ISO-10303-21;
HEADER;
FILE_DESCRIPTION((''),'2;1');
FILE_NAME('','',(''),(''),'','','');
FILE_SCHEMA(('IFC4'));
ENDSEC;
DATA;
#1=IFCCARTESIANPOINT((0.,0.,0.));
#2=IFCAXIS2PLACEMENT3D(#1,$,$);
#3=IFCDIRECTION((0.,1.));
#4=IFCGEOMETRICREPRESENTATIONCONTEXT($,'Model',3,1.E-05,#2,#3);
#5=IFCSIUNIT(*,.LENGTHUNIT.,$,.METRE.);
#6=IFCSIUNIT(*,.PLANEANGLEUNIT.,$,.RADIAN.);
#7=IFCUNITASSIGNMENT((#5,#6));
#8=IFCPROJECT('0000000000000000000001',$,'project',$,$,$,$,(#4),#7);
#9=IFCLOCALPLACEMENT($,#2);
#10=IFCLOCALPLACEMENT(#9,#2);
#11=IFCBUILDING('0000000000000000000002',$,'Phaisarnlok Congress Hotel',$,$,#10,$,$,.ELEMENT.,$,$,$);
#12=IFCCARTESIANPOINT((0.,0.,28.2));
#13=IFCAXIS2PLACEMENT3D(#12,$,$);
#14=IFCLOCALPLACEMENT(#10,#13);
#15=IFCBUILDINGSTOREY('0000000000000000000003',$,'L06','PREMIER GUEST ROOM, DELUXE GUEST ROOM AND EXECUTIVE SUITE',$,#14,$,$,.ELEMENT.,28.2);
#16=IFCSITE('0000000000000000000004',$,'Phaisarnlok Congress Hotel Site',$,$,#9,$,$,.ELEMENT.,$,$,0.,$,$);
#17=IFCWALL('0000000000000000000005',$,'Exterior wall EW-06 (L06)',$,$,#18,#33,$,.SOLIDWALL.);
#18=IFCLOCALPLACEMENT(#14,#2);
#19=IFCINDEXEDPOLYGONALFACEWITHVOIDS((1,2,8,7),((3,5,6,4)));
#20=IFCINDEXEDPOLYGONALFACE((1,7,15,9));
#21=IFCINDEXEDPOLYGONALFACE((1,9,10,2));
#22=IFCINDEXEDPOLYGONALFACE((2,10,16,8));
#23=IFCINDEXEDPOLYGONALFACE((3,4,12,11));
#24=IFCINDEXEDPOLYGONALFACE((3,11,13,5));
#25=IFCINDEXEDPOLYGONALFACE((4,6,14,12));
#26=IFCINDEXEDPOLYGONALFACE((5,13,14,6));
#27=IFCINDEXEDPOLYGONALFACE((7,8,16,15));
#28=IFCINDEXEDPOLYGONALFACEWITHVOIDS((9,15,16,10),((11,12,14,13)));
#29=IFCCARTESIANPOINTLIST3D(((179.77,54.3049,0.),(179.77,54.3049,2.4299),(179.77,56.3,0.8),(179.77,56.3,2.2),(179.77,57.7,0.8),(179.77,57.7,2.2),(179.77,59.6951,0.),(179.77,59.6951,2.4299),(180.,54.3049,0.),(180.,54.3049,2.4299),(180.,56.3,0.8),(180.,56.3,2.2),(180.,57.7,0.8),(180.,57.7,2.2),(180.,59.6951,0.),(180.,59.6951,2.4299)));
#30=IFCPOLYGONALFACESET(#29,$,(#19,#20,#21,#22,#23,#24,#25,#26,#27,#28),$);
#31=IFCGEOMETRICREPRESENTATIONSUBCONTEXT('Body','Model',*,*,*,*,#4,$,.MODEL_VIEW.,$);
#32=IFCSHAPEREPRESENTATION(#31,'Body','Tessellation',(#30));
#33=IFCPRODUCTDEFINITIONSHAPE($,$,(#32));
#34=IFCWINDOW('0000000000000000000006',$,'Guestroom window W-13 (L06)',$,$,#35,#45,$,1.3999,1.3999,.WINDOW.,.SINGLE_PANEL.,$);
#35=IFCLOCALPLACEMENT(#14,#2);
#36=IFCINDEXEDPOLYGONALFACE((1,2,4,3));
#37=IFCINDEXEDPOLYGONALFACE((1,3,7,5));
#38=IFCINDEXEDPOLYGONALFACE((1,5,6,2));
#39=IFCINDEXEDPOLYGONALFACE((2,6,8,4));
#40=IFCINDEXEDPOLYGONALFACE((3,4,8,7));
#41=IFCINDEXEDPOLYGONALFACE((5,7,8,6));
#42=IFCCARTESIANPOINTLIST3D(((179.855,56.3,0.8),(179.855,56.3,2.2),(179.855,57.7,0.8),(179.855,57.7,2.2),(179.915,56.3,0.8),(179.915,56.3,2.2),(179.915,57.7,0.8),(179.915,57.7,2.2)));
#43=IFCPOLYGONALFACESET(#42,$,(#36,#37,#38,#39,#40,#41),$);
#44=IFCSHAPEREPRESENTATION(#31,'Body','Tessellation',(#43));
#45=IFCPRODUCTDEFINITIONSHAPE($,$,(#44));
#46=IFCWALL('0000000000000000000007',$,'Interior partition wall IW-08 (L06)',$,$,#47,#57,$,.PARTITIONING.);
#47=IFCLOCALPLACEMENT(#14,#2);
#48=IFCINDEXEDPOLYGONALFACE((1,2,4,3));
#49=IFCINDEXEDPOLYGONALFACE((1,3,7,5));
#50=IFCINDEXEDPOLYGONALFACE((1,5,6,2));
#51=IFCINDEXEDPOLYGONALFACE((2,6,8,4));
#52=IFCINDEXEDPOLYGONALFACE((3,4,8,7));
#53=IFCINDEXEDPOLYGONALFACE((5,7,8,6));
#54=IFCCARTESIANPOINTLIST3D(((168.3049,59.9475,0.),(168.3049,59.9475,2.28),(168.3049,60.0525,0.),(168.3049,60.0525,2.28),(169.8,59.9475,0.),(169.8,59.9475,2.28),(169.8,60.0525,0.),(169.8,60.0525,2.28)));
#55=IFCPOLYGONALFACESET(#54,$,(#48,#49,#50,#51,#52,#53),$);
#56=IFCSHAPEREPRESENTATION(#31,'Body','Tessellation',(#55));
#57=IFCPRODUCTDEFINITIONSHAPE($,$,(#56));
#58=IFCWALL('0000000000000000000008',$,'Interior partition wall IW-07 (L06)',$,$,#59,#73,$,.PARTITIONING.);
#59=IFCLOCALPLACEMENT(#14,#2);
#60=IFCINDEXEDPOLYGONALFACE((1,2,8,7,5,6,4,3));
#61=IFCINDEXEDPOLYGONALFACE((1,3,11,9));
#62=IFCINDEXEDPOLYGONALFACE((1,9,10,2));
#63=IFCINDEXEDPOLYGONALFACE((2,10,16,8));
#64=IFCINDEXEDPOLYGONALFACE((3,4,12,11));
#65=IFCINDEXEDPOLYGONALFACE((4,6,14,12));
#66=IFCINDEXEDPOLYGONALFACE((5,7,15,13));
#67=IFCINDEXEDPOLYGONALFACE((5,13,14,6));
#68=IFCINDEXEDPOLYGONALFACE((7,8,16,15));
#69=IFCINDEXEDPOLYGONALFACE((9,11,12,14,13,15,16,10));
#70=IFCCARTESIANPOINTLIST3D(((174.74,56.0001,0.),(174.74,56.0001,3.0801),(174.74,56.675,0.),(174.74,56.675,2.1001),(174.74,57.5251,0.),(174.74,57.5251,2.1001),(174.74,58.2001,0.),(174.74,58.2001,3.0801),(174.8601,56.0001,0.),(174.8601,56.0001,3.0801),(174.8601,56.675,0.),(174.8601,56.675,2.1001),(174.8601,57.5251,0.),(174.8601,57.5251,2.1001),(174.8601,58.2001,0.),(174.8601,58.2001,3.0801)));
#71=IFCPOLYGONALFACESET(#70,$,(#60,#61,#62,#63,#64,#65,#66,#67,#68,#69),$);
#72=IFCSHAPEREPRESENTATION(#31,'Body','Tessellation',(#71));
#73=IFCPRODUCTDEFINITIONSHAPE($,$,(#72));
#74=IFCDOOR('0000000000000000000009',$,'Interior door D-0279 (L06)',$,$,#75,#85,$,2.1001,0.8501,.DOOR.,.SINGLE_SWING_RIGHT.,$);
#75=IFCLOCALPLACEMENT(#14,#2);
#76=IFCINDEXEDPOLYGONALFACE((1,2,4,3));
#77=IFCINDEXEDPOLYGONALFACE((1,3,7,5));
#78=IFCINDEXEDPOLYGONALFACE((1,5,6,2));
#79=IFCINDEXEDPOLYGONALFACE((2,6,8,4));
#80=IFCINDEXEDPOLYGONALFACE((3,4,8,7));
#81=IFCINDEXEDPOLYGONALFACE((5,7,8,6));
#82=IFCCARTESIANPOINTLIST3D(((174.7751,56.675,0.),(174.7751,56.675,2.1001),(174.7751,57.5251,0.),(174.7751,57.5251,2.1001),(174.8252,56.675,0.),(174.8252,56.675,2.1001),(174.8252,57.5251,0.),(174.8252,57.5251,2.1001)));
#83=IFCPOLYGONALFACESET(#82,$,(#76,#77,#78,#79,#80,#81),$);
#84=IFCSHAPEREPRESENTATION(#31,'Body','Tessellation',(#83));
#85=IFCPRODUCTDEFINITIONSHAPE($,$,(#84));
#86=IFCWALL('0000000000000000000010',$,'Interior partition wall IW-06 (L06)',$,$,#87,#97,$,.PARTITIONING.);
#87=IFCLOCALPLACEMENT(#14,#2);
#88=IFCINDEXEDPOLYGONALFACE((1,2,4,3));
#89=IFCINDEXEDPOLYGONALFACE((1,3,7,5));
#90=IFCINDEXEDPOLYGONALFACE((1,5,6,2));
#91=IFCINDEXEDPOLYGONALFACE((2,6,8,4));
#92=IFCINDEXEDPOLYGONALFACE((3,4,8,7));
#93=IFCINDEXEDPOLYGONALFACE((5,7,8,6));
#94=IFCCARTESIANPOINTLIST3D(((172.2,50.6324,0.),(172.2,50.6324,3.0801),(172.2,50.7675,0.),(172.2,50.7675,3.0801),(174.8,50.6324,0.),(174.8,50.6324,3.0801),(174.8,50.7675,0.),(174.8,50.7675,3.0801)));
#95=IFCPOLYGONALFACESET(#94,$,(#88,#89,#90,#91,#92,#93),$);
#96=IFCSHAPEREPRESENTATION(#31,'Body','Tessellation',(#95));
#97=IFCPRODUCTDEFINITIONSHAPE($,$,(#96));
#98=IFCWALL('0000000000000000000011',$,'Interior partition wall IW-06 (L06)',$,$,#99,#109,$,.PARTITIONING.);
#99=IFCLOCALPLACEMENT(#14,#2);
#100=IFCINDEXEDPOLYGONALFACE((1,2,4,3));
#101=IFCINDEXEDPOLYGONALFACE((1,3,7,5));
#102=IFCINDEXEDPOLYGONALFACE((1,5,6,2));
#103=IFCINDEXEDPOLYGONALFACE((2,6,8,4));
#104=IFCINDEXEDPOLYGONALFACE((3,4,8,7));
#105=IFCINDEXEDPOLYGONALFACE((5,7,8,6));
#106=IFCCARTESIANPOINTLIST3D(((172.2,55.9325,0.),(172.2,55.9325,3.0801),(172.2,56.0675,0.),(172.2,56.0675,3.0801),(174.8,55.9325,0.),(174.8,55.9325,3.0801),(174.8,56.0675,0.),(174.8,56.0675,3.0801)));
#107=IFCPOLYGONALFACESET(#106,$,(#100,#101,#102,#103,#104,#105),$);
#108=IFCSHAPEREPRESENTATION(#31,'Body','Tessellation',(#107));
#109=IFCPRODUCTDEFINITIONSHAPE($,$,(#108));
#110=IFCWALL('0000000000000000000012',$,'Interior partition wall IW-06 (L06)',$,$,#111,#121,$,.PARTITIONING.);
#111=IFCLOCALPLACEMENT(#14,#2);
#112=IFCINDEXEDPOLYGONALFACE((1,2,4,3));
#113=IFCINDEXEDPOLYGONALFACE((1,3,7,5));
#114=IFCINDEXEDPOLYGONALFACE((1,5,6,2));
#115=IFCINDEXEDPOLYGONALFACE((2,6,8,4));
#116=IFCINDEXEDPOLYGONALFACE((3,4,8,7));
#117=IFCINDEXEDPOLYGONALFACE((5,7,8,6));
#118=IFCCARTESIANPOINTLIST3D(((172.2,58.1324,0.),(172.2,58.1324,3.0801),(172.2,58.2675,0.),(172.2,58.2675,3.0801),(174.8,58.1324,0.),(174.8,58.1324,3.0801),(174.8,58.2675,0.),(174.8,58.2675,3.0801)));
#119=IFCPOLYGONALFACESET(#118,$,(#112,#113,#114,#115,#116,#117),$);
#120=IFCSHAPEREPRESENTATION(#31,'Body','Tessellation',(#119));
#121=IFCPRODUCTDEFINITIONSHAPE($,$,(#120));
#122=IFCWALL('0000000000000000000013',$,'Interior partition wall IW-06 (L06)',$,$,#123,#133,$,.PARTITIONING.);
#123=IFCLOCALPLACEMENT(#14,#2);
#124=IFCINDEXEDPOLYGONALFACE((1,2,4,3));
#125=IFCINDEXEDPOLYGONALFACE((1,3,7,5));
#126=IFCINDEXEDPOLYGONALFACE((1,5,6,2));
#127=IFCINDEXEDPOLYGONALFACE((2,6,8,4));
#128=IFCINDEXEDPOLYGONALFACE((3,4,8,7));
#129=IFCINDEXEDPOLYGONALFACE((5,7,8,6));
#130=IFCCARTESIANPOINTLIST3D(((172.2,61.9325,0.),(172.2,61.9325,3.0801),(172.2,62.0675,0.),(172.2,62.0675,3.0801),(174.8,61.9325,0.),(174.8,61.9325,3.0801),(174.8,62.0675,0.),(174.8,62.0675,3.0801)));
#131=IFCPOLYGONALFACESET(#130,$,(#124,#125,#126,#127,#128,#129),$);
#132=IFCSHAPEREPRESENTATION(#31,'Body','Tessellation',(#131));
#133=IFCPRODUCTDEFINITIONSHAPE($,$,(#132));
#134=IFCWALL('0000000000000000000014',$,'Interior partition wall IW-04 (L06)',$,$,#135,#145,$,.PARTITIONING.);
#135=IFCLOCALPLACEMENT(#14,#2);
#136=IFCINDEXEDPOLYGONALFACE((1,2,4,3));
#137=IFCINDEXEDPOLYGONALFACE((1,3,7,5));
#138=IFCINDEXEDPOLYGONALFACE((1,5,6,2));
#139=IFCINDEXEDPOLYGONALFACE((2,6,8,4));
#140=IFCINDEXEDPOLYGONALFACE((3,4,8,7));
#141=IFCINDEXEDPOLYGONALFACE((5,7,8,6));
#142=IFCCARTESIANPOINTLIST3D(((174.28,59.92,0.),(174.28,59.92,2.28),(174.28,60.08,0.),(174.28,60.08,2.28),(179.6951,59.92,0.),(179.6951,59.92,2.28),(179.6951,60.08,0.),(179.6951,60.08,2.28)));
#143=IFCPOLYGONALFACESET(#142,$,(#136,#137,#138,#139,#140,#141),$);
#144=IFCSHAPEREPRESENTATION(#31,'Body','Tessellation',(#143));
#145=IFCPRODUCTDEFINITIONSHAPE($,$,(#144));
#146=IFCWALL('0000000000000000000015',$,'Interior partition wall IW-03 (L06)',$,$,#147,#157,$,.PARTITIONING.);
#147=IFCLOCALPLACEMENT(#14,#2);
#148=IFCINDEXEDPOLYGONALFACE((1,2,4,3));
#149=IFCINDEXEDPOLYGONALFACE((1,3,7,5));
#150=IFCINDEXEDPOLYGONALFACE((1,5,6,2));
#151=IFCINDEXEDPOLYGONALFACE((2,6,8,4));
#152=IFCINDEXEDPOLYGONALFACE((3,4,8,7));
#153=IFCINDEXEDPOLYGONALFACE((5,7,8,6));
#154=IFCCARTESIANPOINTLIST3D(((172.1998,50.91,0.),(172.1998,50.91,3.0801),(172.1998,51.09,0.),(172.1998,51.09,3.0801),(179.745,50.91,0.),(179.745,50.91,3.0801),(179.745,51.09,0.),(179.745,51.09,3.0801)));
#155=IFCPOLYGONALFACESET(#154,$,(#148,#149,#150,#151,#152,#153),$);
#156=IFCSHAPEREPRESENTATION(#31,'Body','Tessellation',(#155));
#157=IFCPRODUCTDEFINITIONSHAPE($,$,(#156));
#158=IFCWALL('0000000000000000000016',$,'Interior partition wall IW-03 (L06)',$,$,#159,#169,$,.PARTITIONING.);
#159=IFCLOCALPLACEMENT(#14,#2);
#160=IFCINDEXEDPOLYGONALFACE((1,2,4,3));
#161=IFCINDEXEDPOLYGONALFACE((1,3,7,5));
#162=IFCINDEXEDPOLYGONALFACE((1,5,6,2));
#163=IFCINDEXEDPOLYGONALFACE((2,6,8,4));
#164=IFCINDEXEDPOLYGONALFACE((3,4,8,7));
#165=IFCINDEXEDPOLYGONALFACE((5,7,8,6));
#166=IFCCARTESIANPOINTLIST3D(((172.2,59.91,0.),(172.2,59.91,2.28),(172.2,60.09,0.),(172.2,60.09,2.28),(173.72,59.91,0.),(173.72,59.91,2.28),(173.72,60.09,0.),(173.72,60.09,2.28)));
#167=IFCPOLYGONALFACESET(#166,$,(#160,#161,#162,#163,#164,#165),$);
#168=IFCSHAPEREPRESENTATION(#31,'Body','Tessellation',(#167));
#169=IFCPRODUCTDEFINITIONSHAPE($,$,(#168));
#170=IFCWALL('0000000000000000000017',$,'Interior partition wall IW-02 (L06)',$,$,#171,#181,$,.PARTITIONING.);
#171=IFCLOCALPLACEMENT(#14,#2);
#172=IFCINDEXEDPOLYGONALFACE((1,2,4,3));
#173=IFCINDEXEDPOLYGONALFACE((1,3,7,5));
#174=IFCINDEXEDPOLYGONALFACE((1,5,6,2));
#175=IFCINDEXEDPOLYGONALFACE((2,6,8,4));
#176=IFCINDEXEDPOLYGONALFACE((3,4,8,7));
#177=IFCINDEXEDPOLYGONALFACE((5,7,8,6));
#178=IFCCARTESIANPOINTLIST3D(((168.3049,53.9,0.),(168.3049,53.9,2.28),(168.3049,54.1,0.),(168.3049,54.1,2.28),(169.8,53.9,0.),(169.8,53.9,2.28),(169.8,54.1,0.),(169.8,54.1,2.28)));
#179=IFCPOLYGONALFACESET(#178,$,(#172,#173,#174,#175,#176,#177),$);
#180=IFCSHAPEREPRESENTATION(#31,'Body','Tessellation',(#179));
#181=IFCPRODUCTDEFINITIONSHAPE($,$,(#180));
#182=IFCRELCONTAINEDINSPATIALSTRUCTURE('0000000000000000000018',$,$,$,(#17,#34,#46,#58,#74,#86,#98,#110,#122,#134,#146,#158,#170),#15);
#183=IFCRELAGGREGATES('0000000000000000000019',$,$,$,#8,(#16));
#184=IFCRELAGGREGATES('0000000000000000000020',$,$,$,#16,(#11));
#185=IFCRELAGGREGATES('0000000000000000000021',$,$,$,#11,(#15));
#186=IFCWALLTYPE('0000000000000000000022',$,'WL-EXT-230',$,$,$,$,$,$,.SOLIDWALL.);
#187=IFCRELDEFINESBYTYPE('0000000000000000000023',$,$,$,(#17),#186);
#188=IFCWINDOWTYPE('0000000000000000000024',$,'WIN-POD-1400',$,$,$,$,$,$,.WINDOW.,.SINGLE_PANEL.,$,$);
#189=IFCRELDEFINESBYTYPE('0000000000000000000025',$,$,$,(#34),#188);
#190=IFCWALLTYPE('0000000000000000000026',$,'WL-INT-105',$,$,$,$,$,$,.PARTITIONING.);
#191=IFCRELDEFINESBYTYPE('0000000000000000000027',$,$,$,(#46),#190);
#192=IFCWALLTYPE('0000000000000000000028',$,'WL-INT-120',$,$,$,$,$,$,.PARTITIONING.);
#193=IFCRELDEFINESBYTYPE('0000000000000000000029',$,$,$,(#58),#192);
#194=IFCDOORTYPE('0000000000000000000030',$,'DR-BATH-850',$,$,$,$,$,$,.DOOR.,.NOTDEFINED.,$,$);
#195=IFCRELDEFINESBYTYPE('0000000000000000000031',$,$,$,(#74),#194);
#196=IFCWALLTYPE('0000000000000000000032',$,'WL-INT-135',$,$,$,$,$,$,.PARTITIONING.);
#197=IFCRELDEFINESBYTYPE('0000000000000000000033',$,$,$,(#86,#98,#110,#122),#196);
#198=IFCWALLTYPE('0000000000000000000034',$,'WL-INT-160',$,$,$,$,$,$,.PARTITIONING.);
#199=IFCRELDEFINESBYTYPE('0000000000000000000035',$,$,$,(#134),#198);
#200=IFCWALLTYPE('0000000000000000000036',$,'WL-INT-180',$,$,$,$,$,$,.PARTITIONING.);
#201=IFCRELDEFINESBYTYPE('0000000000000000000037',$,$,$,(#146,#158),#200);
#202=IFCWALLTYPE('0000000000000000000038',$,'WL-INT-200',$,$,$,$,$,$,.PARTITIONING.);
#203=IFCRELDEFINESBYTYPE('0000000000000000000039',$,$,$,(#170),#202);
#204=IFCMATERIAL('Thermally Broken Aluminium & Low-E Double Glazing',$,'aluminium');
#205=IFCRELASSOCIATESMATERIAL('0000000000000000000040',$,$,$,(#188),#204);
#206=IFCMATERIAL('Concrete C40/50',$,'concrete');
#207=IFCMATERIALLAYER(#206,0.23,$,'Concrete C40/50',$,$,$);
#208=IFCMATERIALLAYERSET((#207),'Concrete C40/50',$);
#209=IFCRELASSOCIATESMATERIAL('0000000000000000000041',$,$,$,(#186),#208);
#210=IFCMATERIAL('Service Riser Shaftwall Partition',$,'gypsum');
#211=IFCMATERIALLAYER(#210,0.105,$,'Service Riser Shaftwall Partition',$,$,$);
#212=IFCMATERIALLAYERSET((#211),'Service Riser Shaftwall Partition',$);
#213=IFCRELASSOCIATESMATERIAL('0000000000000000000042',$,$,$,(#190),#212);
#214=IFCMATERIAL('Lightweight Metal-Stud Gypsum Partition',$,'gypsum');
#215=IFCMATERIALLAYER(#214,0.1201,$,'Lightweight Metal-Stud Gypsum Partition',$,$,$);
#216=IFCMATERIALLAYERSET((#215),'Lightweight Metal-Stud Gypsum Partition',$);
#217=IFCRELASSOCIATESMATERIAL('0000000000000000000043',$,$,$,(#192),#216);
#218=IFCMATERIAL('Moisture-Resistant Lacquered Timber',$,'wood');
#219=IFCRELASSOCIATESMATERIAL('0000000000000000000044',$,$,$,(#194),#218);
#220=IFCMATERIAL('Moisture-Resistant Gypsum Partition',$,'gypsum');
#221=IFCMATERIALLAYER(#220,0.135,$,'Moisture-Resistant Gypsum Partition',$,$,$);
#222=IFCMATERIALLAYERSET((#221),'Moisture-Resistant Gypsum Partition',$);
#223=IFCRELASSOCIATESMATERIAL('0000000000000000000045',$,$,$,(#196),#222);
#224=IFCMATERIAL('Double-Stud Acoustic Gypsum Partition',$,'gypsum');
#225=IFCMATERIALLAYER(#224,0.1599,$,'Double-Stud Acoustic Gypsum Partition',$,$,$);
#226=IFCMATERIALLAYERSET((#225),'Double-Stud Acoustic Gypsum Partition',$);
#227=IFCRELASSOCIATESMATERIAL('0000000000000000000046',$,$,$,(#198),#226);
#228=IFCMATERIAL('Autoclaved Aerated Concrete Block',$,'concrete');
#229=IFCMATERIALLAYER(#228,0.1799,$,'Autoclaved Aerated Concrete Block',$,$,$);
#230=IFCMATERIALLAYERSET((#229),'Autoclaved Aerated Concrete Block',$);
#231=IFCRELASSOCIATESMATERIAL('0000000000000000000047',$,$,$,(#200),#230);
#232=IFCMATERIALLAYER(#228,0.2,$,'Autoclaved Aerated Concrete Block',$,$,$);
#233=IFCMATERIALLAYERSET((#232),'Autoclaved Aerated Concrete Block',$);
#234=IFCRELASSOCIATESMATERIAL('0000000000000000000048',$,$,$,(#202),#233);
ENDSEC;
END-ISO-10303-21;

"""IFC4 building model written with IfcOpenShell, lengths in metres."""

from ifc_helpers import new_model, si_unit, direction, frame, frame_2d, origin, place, context, subcontext, project, spatial, rectangle, extrude, material, layer, layer_set, type_object, element, fill, save


model = new_model("IFC4")

# Units and contexts
model_context = context("Model", 3, precision=1e-05, world=origin(), true_north=direction((0.0, 1.0)))
body_context = subcontext(model_context, "Body", "Model", "MODEL_VIEW")
ifc_project = project(units=[si_unit("LENGTHUNIT", "METRE"), si_unit("PLANEANGLEUNIT", "RADIAN")], contexts=[model_context])

# Site, building, storey
site_placement = place(None, origin())
site = spatial("IfcSite", under=ifc_project, at=site_placement, Name="Phaisarnlok Congress Hotel Site", CompositionType="ELEMENT", RefElevation=0.0)
building_placement = place(site_placement, origin())
building = spatial("IfcBuilding", under=site, at=building_placement, Name="Phaisarnlok Congress Hotel", CompositionType="ELEMENT")
storey_placement = place(building_placement, frame((0.0, 0.0, 28.2)))
storey = spatial("IfcBuildingStorey", under=building, at=storey_placement, Name="L06", Description="PREMIER GUEST ROOM, DELUXE GUEST ROOM AND EXECUTIVE SUITE", CompositionType="ELEMENT", Elevation=28.2)

# Shared definitions
ifc_material_1 = material(Name="Concrete C40/50", Category="concrete")

# Wall, opening, window
ifc_material_2 = material(Name="Thermally Broken Aluminium & Low-E Double Glazing", Category="aluminium")
window_type = type_object("IfcWindowType", Name="WIN-POD-1400", PartitioningType="SINGLE_PANEL", PredefinedType="WINDOW", material=ifc_material_2)
ifc_layer_1 = layer(ifc_material_1, 0.23, Name="Concrete C40/50")
ifc_layer_set_1 = layer_set([ifc_layer_1], Name="Concrete C40/50")
wall_type_1 = type_object("IfcWallType", Name="WL-EXT-230", PredefinedType="SOLIDWALL", material=ifc_layer_set_1)
wall_1_placement = place(storey_placement, frame((179.885, 54.3049, 0.0), z_axis=(0.0, 0.0, 1.0), x_axis=(0.0, 1.0, 0.0)))
wall_1 = element("IfcWall", 1, at=wall_1_placement, inside=storey, type_object=wall_type_1, Name="Exterior wall EW-06 (L06)", PredefinedType="SOLIDWALL", context=body_context, shape_type="SweptSolid", body=[
    extrude(rectangle(XDim=5.3901, YDim=0.23, at=frame_2d((2.6951, 0.0))), origin(), (0.0, 0.0, 1.0), 2.4299),
])
opening_1_placement = place(wall_1_placement, frame((1.9951, 0.0, 0.8)))
opening_1 = element("IfcOpeningElement", 2, at=opening_1_placement, cuts=wall_1, PredefinedType="OPENING", context=body_context, shape_type="SweptSolid", body=[
    extrude(rectangle(XDim=1.3999, YDim=1.3999, at=frame_2d((0.7, 0.7))), frame((0.0, 0.125, 0.0), z_axis=(0.0, -1.0, 0.0), x_axis=(1.0, 0.0, 0.0)), (0.0, 0.0, 1.0), 0.25),
])
window_1_placement = place(opening_1_placement, origin())
window_1 = element("IfcWindow", 3, at=window_1_placement, inside=storey, type_object=window_type, Name="Guestroom window W-13 (L06)", OverallHeight=1.3999, OverallWidth=1.3999, PartitioningType="SINGLE_PANEL", PredefinedType="WINDOW", context=body_context, shape_type="SweptSolid", body=[
    extrude(rectangle(XDim=1.3999, YDim=1.3999, at=frame_2d((0.7, 0.7))), frame((0.0, 0.03, 0.0), z_axis=(0.0, -1.0, 0.0), x_axis=(1.0, 0.0, 0.0)), (0.0, 0.0, 1.0), 0.0601),
])
fill(opening_1, window_1)

# Wall
ifc_material_3 = material(Name="Service Riser Shaftwall Partition", Category="gypsum")
ifc_layer_2 = layer(ifc_material_3, 0.105, Name="Service Riser Shaftwall Partition")
ifc_layer_set_2 = layer_set([ifc_layer_2], Name="Service Riser Shaftwall Partition")
wall_type_2 = type_object("IfcWallType", Name="WL-INT-105", PredefinedType="PARTITIONING", material=ifc_layer_set_2)
wall_2_placement = place(storey_placement, frame((168.3049, 60.0, 0.0), z_axis=(0.0, 0.0, 1.0), x_axis=(1.0, 0.0, 0.0)))
element("IfcWall", 4, at=wall_2_placement, inside=storey, type_object=wall_type_2, Name="Interior partition wall IW-08 (L06)", PredefinedType="PARTITIONING", context=body_context, shape_type="SweptSolid", body=[
    extrude(rectangle(XDim=1.4951, YDim=0.105, at=frame_2d((0.7476, 0.0))), origin(), (0.0, 0.0, 1.0), 2.28),
])

# Wall, opening, door
ifc_material_4 = material(Name="Lightweight Metal-Stud Gypsum Partition", Category="gypsum")
ifc_layer_3 = layer(ifc_material_4, 0.1201, Name="Lightweight Metal-Stud Gypsum Partition")
ifc_layer_set_3 = layer_set([ifc_layer_3], Name="Lightweight Metal-Stud Gypsum Partition")
wall_type_3 = type_object("IfcWallType", Name="WL-INT-120", PredefinedType="PARTITIONING", material=ifc_layer_set_3)
wall_3_placement = place(storey_placement, frame((174.8, 56.0, 0.0), z_axis=(0.0, 0.0, 1.0), x_axis=(0.0, 1.0, 0.0)))
wall_3 = element("IfcWall", 5, at=wall_3_placement, inside=storey, type_object=wall_type_3, Name="Interior partition wall IW-07 (L06)", PredefinedType="PARTITIONING", context=body_context, shape_type="SweptSolid", body=[
    extrude(rectangle(XDim=2.2, YDim=0.1201, at=frame_2d((1.1001, 0.0))), origin(), (0.0, 0.0, 1.0), 3.0801),
])
opening_2_placement = place(wall_3_placement, frame((0.675, 0.0, 0.0)))
opening_2 = element("IfcOpeningElement", 6, at=opening_2_placement, cuts=wall_3, PredefinedType="OPENING", context=body_context, shape_type="SweptSolid", body=[
    extrude(rectangle(XDim=0.8501, YDim=2.1001, at=frame_2d((0.425, 1.05))), frame((0.0, 0.0701, 0.0), z_axis=(0.0, -1.0, 0.0), x_axis=(1.0, 0.0, 0.0)), (0.0, 0.0, 1.0), 0.1401),
])
ifc_material_5 = material(Name="Moisture-Resistant Lacquered Timber", Category="wood")
door_type = type_object("IfcDoorType", Name="DR-BATH-850", OperationType="NOTDEFINED", PredefinedType="DOOR", material=ifc_material_5)
door_placement = place(opening_2_placement, origin())
door = element("IfcDoor", 7, at=door_placement, inside=storey, type_object=door_type, Name="Interior door D-0279 (L06)", OperationType="SINGLE_SWING_RIGHT", OverallHeight=2.1001, OverallWidth=0.8501, PredefinedType="DOOR", context=body_context, shape_type="SweptSolid", body=[
    extrude(rectangle(XDim=0.8501, YDim=2.1001, at=frame_2d((0.425, 1.05))), frame((0.0, 0.0249, 0.0), z_axis=(0.0, -1.0, 0.0), x_axis=(1.0, 0.0, 0.0)), (0.0, 0.0, 1.0), 0.05),
])
fill(opening_2, door)

# Walls
ifc_material_6 = material(Name="Moisture-Resistant Gypsum Partition", Category="gypsum")
ifc_layer_4 = layer(ifc_material_6, 0.135, Name="Moisture-Resistant Gypsum Partition")
ifc_layer_set_4 = layer_set([ifc_layer_4], Name="Moisture-Resistant Gypsum Partition")
wall_type_4 = type_object("IfcWallType", Name="WL-INT-135", PredefinedType="PARTITIONING", material=ifc_layer_set_4)
for number, where, z_axis, x_axis, name in (
    (8, (172.2, 50.7, 0.0), (0.0, 0.0, 1.0), (1.0, 0.0, 0.0), "Interior partition wall IW-06 (L06)"),
    (9, (172.2, 56.0, 0.0), (0.0, 0.0, 1.0), (1.0, 0.0, 0.0), "Interior partition wall IW-06 (L06)"),
    (10, (172.2, 58.2, 0.0), (0.0, 0.0, 1.0), (1.0, 0.0, 0.0), "Interior partition wall IW-06 (L06)"),
    (11, (172.2, 62.0, 0.0), (0.0, 0.0, 1.0), (1.0, 0.0, 0.0), "Interior partition wall IW-06 (L06)"),
):
    element("IfcWall", number, at=place(storey_placement, frame(where, z_axis=z_axis, x_axis=x_axis)), inside=storey, type_object=wall_type_4, Name=name, PredefinedType="PARTITIONING", context=body_context, shape_type="SweptSolid", body=[
        extrude(rectangle(XDim=2.6001, YDim=0.135, at=frame_2d((1.3, 0.0))), origin(), (0.0, 0.0, 1.0), 3.0801),
    ])
ifc_material_7 = material(Name="Double-Stud Acoustic Gypsum Partition", Category="gypsum")
ifc_layer_5 = layer(ifc_material_7, 0.1599, Name="Double-Stud Acoustic Gypsum Partition")
ifc_layer_set_5 = layer_set([ifc_layer_5], Name="Double-Stud Acoustic Gypsum Partition")
wall_type_5 = type_object("IfcWallType", Name="WL-INT-160", PredefinedType="PARTITIONING", material=ifc_layer_set_5)
wall_4_placement = place(storey_placement, frame((174.28, 60.0, 0.0), z_axis=(0.0, 0.0, 1.0), x_axis=(1.0, 0.0, 0.0)))
element("IfcWall", 12, at=wall_4_placement, inside=storey, type_object=wall_type_5, Name="Interior partition wall IW-04 (L06)", PredefinedType="PARTITIONING", context=body_context, shape_type="SweptSolid", body=[
    extrude(rectangle(XDim=5.415, YDim=0.1599, at=frame_2d((2.7075, 0.0))), origin(), (0.0, 0.0, 1.0), 2.28),
])
ifc_material_8 = material(Name="Autoclaved Aerated Concrete Block", Category="concrete")
ifc_layer_6 = layer(ifc_material_8, 0.1799, Name="Autoclaved Aerated Concrete Block")
ifc_layer_set_6 = layer_set([ifc_layer_6], Name="Autoclaved Aerated Concrete Block")
wall_type_6 = type_object("IfcWallType", Name="WL-INT-180", PredefinedType="PARTITIONING", material=ifc_layer_set_6)
wall_5_placement = place(storey_placement, frame((172.2, 51.0, 0.0), z_axis=(0.0, 0.0, 1.0), x_axis=(1.0, 0.0, 0.0)))
element("IfcWall", 13, at=wall_5_placement, inside=storey, type_object=wall_type_6, Name="Interior partition wall IW-03 (L06)", PredefinedType="PARTITIONING", context=body_context, shape_type="SweptSolid", body=[
    extrude(rectangle(XDim=7.5452, YDim=0.1799, at=frame_2d((3.7725, 0.0))), origin(), (0.0, 0.0, 1.0), 3.0801),
])
wall_6_placement = place(storey_placement, frame((172.2, 60.0, 0.0), z_axis=(0.0, 0.0, 1.0), x_axis=(1.0, 0.0, 0.0)))
element("IfcWall", 14, at=wall_6_placement, inside=storey, type_object=wall_type_6, Name="Interior partition wall IW-03 (L06)", PredefinedType="PARTITIONING", context=body_context, shape_type="SweptSolid", body=[
    extrude(rectangle(XDim=1.52, YDim=0.1799, at=frame_2d((0.76, 0.0))), origin(), (0.0, 0.0, 1.0), 2.28),
])
ifc_layer_7 = layer(ifc_material_8, 0.2, Name="Autoclaved Aerated Concrete Block")
ifc_layer_set_7 = layer_set([ifc_layer_7], Name="Autoclaved Aerated Concrete Block")
wall_type_7 = type_object("IfcWallType", Name="WL-INT-200", PredefinedType="PARTITIONING", material=ifc_layer_set_7)
wall_7_placement = place(storey_placement, frame((168.3049, 54.0, 0.0), z_axis=(0.0, 0.0, 1.0), x_axis=(1.0, 0.0, 0.0)))
element("IfcWall", 15, at=wall_7_placement, inside=storey, type_object=wall_type_7, Name="Interior partition wall IW-02 (L06)", PredefinedType="PARTITIONING", context=body_context, shape_type="SweptSolid", body=[
    extrude(rectangle(XDim=1.4951, YDim=0.2, at=frame_2d((0.7476, 0.0))), origin(), (0.0, 0.0, 1.0), 2.28),
])

save(model, "model.ifc")
